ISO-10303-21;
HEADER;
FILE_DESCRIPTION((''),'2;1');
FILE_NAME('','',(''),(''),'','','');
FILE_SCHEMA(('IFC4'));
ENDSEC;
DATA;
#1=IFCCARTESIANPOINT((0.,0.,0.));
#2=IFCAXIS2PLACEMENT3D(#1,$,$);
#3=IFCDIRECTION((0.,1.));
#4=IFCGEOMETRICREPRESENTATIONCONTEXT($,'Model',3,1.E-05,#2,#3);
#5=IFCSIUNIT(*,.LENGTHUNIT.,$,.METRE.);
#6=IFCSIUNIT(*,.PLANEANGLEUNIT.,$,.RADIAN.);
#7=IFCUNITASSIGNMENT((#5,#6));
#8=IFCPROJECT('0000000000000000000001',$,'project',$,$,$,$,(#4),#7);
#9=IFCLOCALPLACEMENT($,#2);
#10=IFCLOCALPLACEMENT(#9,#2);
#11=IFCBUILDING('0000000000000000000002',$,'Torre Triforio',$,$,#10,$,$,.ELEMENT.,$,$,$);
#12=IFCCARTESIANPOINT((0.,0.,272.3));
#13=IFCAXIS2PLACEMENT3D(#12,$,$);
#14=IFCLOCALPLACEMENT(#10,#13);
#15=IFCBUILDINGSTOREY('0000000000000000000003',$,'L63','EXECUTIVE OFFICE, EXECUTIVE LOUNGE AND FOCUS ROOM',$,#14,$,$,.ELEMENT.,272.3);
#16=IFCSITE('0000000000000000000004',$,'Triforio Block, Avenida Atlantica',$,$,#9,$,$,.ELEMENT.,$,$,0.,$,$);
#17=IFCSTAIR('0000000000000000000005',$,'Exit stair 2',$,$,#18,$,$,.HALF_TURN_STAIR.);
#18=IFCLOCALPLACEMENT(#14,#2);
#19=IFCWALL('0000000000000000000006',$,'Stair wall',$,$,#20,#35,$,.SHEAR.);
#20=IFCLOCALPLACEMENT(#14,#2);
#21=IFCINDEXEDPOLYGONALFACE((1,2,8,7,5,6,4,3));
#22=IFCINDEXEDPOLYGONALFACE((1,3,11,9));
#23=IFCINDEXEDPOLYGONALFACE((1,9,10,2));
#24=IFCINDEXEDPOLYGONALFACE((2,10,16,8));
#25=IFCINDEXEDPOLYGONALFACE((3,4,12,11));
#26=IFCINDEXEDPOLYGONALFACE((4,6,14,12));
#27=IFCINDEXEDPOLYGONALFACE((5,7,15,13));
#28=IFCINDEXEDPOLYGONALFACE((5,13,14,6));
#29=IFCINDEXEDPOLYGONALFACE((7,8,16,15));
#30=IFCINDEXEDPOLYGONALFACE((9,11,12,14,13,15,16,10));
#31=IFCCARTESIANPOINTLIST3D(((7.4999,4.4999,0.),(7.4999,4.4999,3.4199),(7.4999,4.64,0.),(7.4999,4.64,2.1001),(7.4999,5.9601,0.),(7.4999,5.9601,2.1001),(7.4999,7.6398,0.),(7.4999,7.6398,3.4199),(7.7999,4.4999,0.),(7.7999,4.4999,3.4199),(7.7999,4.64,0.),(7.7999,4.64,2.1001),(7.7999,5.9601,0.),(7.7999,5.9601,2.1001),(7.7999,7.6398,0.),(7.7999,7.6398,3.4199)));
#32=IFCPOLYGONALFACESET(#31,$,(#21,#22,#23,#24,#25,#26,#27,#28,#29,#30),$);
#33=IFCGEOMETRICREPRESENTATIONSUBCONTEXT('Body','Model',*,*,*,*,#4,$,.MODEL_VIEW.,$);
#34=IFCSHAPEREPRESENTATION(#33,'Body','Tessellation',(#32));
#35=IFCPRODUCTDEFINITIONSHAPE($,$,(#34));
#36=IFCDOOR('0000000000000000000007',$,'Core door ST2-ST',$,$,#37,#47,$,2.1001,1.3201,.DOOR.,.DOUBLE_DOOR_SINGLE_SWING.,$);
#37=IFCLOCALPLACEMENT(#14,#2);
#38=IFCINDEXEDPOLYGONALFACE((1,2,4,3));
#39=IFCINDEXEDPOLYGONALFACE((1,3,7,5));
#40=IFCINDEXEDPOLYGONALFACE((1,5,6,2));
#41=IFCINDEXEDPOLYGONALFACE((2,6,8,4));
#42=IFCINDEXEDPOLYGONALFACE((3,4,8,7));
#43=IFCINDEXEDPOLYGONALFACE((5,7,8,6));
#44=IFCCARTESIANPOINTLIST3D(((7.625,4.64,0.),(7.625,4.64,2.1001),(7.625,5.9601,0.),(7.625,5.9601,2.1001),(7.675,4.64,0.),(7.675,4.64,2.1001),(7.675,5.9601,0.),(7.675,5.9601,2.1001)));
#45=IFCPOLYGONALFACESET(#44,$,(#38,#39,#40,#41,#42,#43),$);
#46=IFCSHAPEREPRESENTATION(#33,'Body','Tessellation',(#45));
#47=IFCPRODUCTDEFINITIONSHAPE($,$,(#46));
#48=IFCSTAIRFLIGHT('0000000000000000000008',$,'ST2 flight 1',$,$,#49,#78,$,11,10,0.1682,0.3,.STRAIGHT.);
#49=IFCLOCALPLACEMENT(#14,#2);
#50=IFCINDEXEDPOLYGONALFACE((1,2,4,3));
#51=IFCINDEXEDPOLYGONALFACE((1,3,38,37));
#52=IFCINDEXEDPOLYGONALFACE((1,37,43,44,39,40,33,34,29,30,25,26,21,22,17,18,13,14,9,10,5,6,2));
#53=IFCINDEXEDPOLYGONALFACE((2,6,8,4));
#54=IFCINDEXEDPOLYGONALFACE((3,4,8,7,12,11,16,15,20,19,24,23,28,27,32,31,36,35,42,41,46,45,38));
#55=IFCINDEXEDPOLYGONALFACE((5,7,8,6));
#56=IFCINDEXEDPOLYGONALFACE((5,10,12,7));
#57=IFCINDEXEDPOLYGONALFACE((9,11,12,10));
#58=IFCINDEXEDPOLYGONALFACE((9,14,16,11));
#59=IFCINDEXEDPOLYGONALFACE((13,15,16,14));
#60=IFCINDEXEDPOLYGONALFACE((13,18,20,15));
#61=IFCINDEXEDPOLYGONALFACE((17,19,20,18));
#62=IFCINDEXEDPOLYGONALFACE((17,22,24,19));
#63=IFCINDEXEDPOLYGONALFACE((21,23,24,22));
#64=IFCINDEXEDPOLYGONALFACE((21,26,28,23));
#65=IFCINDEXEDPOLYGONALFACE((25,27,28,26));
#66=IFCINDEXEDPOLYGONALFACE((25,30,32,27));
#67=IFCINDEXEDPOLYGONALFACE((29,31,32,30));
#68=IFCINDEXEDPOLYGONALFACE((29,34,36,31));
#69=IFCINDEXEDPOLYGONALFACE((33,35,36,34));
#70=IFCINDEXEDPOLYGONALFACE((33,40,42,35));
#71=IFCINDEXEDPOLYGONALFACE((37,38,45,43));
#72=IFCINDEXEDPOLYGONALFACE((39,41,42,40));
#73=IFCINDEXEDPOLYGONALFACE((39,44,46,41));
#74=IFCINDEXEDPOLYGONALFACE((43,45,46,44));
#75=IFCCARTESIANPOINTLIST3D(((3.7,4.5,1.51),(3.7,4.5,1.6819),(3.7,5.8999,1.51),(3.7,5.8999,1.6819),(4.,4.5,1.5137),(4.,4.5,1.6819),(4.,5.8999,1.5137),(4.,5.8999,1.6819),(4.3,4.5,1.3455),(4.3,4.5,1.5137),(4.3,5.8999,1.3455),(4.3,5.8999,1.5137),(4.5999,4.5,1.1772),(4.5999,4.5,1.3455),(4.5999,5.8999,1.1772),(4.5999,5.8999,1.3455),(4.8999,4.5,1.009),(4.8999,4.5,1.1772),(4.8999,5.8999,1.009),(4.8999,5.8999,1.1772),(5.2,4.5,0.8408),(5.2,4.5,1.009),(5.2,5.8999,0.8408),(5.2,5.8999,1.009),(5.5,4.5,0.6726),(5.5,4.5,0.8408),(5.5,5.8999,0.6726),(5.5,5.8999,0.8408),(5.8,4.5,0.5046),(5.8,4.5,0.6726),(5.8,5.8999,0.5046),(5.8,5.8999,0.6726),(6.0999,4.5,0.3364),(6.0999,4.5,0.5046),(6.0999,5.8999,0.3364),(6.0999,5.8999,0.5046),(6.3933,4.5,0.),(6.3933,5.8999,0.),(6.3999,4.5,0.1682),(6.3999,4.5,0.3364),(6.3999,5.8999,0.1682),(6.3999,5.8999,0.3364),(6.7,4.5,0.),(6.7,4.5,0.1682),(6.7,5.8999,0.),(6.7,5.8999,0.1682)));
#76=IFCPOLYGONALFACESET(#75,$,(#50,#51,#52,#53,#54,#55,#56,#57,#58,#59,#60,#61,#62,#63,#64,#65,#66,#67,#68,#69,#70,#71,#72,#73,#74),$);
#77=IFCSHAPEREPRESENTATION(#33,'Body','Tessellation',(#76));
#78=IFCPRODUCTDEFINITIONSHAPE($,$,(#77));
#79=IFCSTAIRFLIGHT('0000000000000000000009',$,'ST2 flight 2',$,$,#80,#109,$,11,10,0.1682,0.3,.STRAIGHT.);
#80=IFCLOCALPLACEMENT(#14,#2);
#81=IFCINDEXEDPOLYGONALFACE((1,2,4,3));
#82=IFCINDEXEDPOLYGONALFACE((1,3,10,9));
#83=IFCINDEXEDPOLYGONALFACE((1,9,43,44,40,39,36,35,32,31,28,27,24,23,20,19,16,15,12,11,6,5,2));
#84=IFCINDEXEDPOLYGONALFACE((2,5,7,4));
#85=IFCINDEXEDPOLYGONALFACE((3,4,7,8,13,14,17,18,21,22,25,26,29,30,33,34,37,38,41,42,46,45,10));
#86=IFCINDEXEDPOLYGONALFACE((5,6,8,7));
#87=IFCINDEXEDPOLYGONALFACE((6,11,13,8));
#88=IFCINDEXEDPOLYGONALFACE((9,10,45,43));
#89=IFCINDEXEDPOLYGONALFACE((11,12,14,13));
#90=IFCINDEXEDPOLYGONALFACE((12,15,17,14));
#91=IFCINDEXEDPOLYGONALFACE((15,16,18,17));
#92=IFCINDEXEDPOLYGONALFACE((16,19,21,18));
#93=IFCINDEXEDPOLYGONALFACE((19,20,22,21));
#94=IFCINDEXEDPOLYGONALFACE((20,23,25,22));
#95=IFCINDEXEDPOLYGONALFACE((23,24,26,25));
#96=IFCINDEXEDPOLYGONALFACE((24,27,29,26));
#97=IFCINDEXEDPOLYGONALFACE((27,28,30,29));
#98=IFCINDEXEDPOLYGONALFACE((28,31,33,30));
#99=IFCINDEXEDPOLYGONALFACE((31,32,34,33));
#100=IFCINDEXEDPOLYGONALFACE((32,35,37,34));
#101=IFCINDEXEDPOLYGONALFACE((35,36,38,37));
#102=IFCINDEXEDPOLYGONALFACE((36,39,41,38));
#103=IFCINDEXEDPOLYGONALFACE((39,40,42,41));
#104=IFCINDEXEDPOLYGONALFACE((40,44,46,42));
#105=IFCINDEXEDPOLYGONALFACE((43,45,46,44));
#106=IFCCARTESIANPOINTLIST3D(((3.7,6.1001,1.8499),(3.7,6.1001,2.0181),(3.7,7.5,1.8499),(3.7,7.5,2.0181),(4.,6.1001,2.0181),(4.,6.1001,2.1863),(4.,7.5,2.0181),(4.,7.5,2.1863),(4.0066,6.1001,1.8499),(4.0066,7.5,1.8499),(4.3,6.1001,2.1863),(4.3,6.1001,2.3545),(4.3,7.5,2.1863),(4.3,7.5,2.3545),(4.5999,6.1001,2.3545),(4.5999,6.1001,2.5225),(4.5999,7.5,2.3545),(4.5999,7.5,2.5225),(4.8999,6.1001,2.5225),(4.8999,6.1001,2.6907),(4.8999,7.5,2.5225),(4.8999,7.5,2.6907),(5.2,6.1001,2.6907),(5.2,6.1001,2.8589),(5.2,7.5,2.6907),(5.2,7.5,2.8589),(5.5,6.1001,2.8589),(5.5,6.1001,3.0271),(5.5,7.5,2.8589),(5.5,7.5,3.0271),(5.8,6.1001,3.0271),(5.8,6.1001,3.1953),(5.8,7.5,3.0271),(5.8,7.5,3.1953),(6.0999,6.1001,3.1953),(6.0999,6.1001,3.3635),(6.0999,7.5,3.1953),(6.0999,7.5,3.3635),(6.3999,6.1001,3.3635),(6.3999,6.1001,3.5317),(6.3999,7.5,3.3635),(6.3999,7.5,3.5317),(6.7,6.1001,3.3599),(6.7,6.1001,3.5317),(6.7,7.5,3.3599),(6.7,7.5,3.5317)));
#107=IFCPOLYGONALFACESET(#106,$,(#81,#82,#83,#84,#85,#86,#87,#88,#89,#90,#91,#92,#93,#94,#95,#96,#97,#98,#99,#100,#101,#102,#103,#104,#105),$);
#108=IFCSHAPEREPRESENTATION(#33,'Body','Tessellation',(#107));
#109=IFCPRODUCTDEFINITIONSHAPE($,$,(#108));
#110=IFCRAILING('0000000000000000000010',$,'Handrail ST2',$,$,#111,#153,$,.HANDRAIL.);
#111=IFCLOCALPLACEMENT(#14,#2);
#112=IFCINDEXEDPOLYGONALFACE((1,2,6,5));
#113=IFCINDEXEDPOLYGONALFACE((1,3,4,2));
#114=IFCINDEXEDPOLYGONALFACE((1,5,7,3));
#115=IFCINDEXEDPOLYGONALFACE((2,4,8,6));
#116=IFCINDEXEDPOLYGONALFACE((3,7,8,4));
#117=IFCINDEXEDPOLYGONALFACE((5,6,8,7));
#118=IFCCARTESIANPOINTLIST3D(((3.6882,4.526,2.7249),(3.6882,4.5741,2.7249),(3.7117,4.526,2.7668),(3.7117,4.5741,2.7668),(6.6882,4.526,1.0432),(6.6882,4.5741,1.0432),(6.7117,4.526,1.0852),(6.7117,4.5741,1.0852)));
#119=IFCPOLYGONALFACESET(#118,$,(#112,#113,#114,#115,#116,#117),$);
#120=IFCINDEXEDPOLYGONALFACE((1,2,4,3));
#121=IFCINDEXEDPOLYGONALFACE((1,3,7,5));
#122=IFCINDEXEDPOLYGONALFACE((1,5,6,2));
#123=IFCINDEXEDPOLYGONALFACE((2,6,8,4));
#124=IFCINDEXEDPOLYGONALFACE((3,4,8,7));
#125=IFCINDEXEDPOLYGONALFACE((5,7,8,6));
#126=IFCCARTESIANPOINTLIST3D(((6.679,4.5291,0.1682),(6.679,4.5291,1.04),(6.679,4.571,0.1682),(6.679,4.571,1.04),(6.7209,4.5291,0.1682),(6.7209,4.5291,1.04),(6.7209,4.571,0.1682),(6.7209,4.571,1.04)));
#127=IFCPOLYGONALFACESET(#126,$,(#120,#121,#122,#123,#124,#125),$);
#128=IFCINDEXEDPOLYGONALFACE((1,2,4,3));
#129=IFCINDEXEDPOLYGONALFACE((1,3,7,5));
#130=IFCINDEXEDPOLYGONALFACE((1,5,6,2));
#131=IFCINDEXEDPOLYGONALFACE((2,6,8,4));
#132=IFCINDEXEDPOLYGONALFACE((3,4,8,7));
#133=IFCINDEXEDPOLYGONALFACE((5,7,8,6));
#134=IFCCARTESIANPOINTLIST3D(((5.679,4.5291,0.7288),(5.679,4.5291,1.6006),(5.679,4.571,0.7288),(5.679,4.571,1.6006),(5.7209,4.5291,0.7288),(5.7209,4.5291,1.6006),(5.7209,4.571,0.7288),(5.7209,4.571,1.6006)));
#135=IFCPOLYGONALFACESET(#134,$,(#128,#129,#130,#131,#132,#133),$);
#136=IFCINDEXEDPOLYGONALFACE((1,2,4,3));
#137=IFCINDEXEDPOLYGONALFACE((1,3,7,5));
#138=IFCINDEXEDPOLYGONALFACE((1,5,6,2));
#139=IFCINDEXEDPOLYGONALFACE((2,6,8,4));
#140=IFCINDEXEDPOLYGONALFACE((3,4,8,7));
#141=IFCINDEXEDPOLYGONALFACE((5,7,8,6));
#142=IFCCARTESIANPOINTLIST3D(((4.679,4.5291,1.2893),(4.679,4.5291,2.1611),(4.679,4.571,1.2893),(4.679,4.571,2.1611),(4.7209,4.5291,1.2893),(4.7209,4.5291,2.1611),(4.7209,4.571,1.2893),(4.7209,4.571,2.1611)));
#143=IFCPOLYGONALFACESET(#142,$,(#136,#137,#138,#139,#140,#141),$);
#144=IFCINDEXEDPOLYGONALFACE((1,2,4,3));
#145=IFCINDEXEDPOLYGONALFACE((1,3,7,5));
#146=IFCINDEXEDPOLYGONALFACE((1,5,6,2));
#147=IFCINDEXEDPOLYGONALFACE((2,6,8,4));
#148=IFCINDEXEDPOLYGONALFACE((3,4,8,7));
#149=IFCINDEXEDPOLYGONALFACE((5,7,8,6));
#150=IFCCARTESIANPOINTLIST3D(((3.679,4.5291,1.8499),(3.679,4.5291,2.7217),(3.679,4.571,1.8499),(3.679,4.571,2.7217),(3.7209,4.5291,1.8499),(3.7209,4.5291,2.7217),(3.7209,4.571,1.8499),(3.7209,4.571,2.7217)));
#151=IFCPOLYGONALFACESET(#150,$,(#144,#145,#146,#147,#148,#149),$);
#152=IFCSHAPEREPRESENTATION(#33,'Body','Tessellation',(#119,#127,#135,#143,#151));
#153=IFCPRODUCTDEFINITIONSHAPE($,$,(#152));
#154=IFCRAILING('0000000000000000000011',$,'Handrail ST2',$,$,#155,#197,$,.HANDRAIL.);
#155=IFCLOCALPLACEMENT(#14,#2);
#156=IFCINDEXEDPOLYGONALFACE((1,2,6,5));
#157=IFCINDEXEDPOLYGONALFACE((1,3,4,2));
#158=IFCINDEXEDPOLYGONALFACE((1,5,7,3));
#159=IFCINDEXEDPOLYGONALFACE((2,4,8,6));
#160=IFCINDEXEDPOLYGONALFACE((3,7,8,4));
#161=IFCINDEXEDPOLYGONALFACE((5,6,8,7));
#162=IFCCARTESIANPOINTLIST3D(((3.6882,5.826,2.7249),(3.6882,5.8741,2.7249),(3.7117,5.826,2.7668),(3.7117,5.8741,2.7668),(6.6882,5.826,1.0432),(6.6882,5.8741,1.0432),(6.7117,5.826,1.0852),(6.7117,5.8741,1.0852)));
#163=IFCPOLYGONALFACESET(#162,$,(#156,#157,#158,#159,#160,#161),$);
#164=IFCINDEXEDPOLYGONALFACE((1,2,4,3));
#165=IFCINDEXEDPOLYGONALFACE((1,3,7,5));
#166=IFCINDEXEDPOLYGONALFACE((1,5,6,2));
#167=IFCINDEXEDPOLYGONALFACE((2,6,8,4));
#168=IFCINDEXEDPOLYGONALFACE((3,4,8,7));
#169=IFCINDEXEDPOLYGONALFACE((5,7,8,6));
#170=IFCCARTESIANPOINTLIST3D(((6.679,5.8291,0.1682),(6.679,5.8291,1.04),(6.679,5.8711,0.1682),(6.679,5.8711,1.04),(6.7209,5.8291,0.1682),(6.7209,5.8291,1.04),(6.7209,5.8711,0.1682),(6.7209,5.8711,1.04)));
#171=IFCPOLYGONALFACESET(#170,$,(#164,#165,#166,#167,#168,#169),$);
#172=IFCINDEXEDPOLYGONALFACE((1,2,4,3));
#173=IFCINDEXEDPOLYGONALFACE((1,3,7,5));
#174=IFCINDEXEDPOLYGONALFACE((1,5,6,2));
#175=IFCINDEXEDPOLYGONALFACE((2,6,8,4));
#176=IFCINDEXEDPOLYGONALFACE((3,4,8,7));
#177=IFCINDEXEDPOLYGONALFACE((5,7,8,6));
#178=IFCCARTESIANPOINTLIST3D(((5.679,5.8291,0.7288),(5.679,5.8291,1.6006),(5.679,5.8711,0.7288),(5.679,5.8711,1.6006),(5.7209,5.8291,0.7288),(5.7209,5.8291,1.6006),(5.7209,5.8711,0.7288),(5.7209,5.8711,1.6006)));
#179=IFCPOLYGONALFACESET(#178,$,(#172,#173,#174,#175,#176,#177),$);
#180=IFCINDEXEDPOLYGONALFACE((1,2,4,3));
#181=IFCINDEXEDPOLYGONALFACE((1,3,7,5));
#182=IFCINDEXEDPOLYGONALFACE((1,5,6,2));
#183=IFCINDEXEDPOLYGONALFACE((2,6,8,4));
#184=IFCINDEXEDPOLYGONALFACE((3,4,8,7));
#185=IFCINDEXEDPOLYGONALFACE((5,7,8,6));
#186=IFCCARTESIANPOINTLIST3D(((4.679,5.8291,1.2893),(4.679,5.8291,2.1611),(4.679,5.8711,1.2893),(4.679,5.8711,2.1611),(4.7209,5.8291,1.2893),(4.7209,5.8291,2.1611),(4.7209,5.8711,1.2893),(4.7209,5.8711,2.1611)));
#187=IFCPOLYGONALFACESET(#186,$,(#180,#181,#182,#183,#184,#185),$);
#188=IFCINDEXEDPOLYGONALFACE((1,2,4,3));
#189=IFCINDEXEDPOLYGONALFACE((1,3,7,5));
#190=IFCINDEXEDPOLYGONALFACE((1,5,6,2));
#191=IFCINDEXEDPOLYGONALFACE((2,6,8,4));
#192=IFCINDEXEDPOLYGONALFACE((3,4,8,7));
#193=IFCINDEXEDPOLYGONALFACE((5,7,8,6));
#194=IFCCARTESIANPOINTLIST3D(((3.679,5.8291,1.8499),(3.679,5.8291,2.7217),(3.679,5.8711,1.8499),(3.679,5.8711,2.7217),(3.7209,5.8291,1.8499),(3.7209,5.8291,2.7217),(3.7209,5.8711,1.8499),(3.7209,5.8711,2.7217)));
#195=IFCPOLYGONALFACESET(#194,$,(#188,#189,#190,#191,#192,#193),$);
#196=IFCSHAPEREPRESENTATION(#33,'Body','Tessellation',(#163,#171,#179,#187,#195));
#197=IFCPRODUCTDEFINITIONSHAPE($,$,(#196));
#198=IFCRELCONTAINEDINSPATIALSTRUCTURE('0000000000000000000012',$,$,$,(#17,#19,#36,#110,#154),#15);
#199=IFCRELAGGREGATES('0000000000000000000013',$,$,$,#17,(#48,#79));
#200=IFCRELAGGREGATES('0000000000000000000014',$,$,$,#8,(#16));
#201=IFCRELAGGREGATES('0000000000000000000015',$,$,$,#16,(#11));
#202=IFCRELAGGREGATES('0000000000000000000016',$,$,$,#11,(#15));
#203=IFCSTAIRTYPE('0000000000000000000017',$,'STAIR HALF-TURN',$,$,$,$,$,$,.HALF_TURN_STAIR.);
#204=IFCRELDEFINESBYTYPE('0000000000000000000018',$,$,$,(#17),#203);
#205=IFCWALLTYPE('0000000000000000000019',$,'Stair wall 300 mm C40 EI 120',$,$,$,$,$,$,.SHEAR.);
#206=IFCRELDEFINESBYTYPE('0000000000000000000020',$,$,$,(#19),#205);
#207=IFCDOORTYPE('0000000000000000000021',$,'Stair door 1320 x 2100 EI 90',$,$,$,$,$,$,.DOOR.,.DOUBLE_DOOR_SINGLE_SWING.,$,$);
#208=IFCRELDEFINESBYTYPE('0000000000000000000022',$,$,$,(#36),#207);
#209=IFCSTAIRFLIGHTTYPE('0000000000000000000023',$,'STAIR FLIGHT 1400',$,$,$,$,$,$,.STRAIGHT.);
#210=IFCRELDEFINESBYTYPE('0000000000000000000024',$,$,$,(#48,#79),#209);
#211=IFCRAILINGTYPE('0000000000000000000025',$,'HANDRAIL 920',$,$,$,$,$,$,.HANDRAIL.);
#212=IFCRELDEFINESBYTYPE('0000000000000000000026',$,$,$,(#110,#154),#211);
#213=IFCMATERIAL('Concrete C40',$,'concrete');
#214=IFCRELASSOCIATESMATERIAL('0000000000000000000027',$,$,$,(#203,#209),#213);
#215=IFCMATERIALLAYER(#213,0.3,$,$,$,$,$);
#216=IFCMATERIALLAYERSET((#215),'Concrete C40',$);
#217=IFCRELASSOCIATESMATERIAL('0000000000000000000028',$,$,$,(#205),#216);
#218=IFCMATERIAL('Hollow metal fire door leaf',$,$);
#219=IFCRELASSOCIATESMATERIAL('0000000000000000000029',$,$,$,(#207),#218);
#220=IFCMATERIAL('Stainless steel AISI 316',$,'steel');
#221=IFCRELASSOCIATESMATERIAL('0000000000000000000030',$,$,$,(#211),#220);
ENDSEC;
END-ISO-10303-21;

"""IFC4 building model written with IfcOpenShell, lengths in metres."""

from ifc_helpers import new_model, si_unit, direction, frame, frame_2d, origin, origin_2d, place, context, subcontext, project, spatial, polyline, rectangle, outline, extrude, material, layer, layer_set, type_object, element, fill, aggregate, save


model = new_model("IFC4")

# Units and contexts
model_context = context("Model", 3, precision=1e-05, world=origin(), true_north=direction((0.0, 1.0)))
body_context = subcontext(model_context, "Body", "Model", "MODEL_VIEW")
ifc_project = project(units=[si_unit("LENGTHUNIT", "METRE"), si_unit("PLANEANGLEUNIT", "RADIAN")], contexts=[model_context])

# Site, building, storey
site_placement = place(None, origin())
site = spatial("IfcSite", under=ifc_project, at=site_placement, Name="Triforio Block, Avenida Atlantica", CompositionType="ELEMENT", RefElevation=0.0)
building_placement = place(site_placement, origin())
building = spatial("IfcBuilding", under=site, at=building_placement, Name="Torre Triforio", CompositionType="ELEMENT")
storey_placement = place(building_placement, frame((0.0, 0.0, 272.3)))
storey = spatial("IfcBuildingStorey", under=building, at=storey_placement, Name="L63", Description="EXECUTIVE OFFICE, EXECUTIVE LOUNGE AND FOCUS ROOM", CompositionType="ELEMENT", Elevation=272.3)

# Stair
ifc_material_1 = material(Name="Concrete C40", Category="concrete")
stair_type = type_object("IfcStairType", Name="STAIR HALF-TURN", PredefinedType="HALF_TURN_STAIR", material=ifc_material_1)
stair_1_placement = place(storey_placement, origin())
stair_1 = element("IfcStair", 1, at=stair_1_placement, inside=storey, type_object=stair_type, Name="Exit stair 2", PredefinedType="HALF_TURN_STAIR")

# Shared definitions
ifc_material_2 = material(Name="Hollow metal fire door leaf")

# Wall, opening, door
ifc_layer_1 = layer(ifc_material_1, 0.3)
ifc_layer_set_1 = layer_set([ifc_layer_1], Name="Concrete C40")
wall_type_1 = type_object("IfcWallType", Name="Stair wall 300 mm C40 EI 120", PredefinedType="SHEAR", material=ifc_layer_set_1)
wall_1_placement = place(storey_placement, frame((7.6499, 4.5, 0.0), z_axis=(0.0, 0.0, 1.0), x_axis=(0.0, 1.0, 0.0)))
wall_1 = element("IfcWall", 2, at=wall_1_placement, inside=storey, type_object=wall_type_1, Name="Stair wall", PredefinedType="SHEAR", context=body_context, shape_type="SweptSolid", body=[
    extrude(rectangle(XDim=3.1399, YDim=0.3, at=frame_2d((1.5698, 0.0))), origin(), (0.0, 0.0, 1.0), 3.4199),
])
opening_1_placement = place(wall_1_placement, frame((0.1399, 0.0, 0.0)))
opening_1 = element("IfcOpeningElement", 3, at=opening_1_placement, cuts=wall_1, PredefinedType="OPENING", context=body_context, shape_type="SweptSolid", body=[
    extrude(rectangle(XDim=1.3201, YDim=2.1001, at=frame_2d((0.6602, 1.05))), frame((0.0, 0.1599, 0.0), z_axis=(0.0, -1.0, 0.0), x_axis=(1.0, 0.0, 0.0)), (0.0, 0.0, 1.0), 0.3201),
])
door_type_1 = type_object("IfcDoorType", Name="Stair door 1320 x 2100 EI 90", OperationType="DOUBLE_DOOR_SINGLE_SWING", PredefinedType="DOOR", material=ifc_material_2)
door_1_placement = place(opening_1_placement, origin())
door_1 = element("IfcDoor", 4, at=door_1_placement, inside=storey, type_object=door_type_1, Name="Core door ST2-ST", OperationType="DOUBLE_DOOR_SINGLE_SWING", OverallHeight=2.1001, OverallWidth=1.3201, PredefinedType="DOOR", context=body_context, shape_type="SweptSolid", body=[
    extrude(rectangle(XDim=1.3201, YDim=2.1001, at=frame_2d((0.6602, 1.05))), frame((0.0, 0.0249, 0.0), z_axis=(0.0, -1.0, 0.0), x_axis=(1.0, 0.0, 0.0)), (0.0, 0.0, 1.0), 0.05),
])
fill(opening_1, door_1)

# Stair flights
stair_flight_type = type_object("IfcStairFlightType", Name="STAIR FLIGHT 1400", PredefinedType="STRAIGHT", material=ifc_material_1)
stair_flight_1_placement = place(storey_placement, frame((6.7, 5.2, 0.0), z_axis=(0.0, 0.0, 1.0), x_axis=(-1.0, 0.0, 0.0)))
stair_flight_1 = element("IfcStairFlight", 5, at=stair_flight_1_placement, type_object=stair_flight_type, Name="ST2 flight 1", NumberOfRisers=11, NumberOfTreads=10, PredefinedType="STRAIGHT", RiserHeight=0.1682, TreadLength=0.3, context=body_context, shape_type="SweptSolid", body=[
    extrude(outline(polyline([(0.0, 0.0), (0.0, 0.1682), (0.3, 0.1682), (0.3, 0.3364), (0.6001, 0.3364), (0.6001, 0.5046), (0.8999, 0.5046), (0.8999, 0.6726), (1.2, 0.6726), (1.2, 0.8408), (1.5, 0.8408), (1.5, 1.009), (1.8, 1.009), (1.8, 1.1772), (2.1001, 1.1772), (2.1001, 1.3455), (2.3999, 1.3455), (2.3999, 1.5137), (2.7, 1.5137), (2.7, 1.6819), (3.0, 1.6819), (3.0, 1.8501), (3.0, 1.51), (0.3066, 0.0), (0.0, 0.0)])), frame((0.0, 0.7, 0.0), z_axis=(0.0, -1.0, 0.0), x_axis=(1.0, 0.0, 0.0)), (0.0, 0.0, 1.0), 1.3999),
])
stair_flight_2_placement = place(storey_placement, frame((3.7, 6.8, 1.8499), z_axis=(0.0, 0.0, 1.0), x_axis=(1.0, 0.0, 0.0)))
stair_flight_2 = element("IfcStairFlight", 6, at=stair_flight_2_placement, type_object=stair_flight_type, Name="ST2 flight 2", NumberOfRisers=11, NumberOfTreads=10, PredefinedType="STRAIGHT", RiserHeight=0.1682, TreadLength=0.3, context=body_context, shape_type="SweptSolid", body=[
    extrude(outline(polyline([(0.0, 0.0), (0.0, 0.1682), (0.3, 0.1682), (0.3, 0.3364), (0.6001, 0.3364), (0.6001, 0.5046), (0.8999, 0.5046), (0.8999, 0.6726), (1.2, 0.6726), (1.2, 0.8408), (1.5, 0.8408), (1.5, 1.009), (1.8, 1.009), (1.8, 1.1772), (2.1001, 1.1772), (2.1001, 1.3455), (2.3999, 1.3455), (2.3999, 1.5137), (2.7, 1.5137), (2.7, 1.6819), (3.0, 1.6819), (3.0, 1.8501), (3.0, 1.51), (0.3066, 0.0), (0.0, 0.0)])), frame((0.0, 0.7, 0.0), z_axis=(0.0, -1.0, 0.0), x_axis=(1.0, 0.0, 0.0)), (0.0, 0.0, 1.0), 1.3999),
])
aggregate(stair_1, [stair_flight_1, stair_flight_2])

# Railings
ifc_material_3 = material(Name="Stainless steel AISI 316", Category="steel")
railing_type = type_object("IfcRailingType", Name="HANDRAIL 920", PredefinedType="HANDRAIL", material=ifc_material_3)
for number, where, name in (
    (7, (6.7, 4.55, 0.1682), "Handrail ST2"),
    (8, (6.7, 5.8501, 0.1682), "Handrail ST2"),
):
    element("IfcRailing", number, at=place(storey_placement, frame(where)), inside=storey, type_object=railing_type, Name=name, PredefinedType="HANDRAIL", context=body_context, shape_type="SweptSolid", body=[
        extrude(rectangle(XDim=0.0481, YDim=0.0481, at=origin_2d()), frame((0.0, 0.0, 0.896), z_axis=(-0.872303, 0.0, 0.488966), x_axis=(0.0, -1.0, 0.0)), (0.0, 0.0, 1.0), 3.4392),
        extrude(rectangle(XDim=0.042, YDim=0.042, at=origin_2d()), origin(), (0.0, 0.0, 1.0), 0.8718),
        extrude(rectangle(XDim=0.042, YDim=0.042, at=origin_2d()), frame((-1.0, 0.0, 0.5605)), (0.0, 0.0, 1.0), 0.8718),
        extrude(rectangle(XDim=0.042, YDim=0.042, at=origin_2d()), frame((-2.0, 0.0, 1.1211)), (0.0, 0.0, 1.0), 0.8718),
        extrude(rectangle(XDim=0.042, YDim=0.042, at=origin_2d()), frame((-3.0, 0.0, 1.6816)), (0.0, 0.0, 1.0), 0.8718),
    ])

save(model, "model.ifc")
